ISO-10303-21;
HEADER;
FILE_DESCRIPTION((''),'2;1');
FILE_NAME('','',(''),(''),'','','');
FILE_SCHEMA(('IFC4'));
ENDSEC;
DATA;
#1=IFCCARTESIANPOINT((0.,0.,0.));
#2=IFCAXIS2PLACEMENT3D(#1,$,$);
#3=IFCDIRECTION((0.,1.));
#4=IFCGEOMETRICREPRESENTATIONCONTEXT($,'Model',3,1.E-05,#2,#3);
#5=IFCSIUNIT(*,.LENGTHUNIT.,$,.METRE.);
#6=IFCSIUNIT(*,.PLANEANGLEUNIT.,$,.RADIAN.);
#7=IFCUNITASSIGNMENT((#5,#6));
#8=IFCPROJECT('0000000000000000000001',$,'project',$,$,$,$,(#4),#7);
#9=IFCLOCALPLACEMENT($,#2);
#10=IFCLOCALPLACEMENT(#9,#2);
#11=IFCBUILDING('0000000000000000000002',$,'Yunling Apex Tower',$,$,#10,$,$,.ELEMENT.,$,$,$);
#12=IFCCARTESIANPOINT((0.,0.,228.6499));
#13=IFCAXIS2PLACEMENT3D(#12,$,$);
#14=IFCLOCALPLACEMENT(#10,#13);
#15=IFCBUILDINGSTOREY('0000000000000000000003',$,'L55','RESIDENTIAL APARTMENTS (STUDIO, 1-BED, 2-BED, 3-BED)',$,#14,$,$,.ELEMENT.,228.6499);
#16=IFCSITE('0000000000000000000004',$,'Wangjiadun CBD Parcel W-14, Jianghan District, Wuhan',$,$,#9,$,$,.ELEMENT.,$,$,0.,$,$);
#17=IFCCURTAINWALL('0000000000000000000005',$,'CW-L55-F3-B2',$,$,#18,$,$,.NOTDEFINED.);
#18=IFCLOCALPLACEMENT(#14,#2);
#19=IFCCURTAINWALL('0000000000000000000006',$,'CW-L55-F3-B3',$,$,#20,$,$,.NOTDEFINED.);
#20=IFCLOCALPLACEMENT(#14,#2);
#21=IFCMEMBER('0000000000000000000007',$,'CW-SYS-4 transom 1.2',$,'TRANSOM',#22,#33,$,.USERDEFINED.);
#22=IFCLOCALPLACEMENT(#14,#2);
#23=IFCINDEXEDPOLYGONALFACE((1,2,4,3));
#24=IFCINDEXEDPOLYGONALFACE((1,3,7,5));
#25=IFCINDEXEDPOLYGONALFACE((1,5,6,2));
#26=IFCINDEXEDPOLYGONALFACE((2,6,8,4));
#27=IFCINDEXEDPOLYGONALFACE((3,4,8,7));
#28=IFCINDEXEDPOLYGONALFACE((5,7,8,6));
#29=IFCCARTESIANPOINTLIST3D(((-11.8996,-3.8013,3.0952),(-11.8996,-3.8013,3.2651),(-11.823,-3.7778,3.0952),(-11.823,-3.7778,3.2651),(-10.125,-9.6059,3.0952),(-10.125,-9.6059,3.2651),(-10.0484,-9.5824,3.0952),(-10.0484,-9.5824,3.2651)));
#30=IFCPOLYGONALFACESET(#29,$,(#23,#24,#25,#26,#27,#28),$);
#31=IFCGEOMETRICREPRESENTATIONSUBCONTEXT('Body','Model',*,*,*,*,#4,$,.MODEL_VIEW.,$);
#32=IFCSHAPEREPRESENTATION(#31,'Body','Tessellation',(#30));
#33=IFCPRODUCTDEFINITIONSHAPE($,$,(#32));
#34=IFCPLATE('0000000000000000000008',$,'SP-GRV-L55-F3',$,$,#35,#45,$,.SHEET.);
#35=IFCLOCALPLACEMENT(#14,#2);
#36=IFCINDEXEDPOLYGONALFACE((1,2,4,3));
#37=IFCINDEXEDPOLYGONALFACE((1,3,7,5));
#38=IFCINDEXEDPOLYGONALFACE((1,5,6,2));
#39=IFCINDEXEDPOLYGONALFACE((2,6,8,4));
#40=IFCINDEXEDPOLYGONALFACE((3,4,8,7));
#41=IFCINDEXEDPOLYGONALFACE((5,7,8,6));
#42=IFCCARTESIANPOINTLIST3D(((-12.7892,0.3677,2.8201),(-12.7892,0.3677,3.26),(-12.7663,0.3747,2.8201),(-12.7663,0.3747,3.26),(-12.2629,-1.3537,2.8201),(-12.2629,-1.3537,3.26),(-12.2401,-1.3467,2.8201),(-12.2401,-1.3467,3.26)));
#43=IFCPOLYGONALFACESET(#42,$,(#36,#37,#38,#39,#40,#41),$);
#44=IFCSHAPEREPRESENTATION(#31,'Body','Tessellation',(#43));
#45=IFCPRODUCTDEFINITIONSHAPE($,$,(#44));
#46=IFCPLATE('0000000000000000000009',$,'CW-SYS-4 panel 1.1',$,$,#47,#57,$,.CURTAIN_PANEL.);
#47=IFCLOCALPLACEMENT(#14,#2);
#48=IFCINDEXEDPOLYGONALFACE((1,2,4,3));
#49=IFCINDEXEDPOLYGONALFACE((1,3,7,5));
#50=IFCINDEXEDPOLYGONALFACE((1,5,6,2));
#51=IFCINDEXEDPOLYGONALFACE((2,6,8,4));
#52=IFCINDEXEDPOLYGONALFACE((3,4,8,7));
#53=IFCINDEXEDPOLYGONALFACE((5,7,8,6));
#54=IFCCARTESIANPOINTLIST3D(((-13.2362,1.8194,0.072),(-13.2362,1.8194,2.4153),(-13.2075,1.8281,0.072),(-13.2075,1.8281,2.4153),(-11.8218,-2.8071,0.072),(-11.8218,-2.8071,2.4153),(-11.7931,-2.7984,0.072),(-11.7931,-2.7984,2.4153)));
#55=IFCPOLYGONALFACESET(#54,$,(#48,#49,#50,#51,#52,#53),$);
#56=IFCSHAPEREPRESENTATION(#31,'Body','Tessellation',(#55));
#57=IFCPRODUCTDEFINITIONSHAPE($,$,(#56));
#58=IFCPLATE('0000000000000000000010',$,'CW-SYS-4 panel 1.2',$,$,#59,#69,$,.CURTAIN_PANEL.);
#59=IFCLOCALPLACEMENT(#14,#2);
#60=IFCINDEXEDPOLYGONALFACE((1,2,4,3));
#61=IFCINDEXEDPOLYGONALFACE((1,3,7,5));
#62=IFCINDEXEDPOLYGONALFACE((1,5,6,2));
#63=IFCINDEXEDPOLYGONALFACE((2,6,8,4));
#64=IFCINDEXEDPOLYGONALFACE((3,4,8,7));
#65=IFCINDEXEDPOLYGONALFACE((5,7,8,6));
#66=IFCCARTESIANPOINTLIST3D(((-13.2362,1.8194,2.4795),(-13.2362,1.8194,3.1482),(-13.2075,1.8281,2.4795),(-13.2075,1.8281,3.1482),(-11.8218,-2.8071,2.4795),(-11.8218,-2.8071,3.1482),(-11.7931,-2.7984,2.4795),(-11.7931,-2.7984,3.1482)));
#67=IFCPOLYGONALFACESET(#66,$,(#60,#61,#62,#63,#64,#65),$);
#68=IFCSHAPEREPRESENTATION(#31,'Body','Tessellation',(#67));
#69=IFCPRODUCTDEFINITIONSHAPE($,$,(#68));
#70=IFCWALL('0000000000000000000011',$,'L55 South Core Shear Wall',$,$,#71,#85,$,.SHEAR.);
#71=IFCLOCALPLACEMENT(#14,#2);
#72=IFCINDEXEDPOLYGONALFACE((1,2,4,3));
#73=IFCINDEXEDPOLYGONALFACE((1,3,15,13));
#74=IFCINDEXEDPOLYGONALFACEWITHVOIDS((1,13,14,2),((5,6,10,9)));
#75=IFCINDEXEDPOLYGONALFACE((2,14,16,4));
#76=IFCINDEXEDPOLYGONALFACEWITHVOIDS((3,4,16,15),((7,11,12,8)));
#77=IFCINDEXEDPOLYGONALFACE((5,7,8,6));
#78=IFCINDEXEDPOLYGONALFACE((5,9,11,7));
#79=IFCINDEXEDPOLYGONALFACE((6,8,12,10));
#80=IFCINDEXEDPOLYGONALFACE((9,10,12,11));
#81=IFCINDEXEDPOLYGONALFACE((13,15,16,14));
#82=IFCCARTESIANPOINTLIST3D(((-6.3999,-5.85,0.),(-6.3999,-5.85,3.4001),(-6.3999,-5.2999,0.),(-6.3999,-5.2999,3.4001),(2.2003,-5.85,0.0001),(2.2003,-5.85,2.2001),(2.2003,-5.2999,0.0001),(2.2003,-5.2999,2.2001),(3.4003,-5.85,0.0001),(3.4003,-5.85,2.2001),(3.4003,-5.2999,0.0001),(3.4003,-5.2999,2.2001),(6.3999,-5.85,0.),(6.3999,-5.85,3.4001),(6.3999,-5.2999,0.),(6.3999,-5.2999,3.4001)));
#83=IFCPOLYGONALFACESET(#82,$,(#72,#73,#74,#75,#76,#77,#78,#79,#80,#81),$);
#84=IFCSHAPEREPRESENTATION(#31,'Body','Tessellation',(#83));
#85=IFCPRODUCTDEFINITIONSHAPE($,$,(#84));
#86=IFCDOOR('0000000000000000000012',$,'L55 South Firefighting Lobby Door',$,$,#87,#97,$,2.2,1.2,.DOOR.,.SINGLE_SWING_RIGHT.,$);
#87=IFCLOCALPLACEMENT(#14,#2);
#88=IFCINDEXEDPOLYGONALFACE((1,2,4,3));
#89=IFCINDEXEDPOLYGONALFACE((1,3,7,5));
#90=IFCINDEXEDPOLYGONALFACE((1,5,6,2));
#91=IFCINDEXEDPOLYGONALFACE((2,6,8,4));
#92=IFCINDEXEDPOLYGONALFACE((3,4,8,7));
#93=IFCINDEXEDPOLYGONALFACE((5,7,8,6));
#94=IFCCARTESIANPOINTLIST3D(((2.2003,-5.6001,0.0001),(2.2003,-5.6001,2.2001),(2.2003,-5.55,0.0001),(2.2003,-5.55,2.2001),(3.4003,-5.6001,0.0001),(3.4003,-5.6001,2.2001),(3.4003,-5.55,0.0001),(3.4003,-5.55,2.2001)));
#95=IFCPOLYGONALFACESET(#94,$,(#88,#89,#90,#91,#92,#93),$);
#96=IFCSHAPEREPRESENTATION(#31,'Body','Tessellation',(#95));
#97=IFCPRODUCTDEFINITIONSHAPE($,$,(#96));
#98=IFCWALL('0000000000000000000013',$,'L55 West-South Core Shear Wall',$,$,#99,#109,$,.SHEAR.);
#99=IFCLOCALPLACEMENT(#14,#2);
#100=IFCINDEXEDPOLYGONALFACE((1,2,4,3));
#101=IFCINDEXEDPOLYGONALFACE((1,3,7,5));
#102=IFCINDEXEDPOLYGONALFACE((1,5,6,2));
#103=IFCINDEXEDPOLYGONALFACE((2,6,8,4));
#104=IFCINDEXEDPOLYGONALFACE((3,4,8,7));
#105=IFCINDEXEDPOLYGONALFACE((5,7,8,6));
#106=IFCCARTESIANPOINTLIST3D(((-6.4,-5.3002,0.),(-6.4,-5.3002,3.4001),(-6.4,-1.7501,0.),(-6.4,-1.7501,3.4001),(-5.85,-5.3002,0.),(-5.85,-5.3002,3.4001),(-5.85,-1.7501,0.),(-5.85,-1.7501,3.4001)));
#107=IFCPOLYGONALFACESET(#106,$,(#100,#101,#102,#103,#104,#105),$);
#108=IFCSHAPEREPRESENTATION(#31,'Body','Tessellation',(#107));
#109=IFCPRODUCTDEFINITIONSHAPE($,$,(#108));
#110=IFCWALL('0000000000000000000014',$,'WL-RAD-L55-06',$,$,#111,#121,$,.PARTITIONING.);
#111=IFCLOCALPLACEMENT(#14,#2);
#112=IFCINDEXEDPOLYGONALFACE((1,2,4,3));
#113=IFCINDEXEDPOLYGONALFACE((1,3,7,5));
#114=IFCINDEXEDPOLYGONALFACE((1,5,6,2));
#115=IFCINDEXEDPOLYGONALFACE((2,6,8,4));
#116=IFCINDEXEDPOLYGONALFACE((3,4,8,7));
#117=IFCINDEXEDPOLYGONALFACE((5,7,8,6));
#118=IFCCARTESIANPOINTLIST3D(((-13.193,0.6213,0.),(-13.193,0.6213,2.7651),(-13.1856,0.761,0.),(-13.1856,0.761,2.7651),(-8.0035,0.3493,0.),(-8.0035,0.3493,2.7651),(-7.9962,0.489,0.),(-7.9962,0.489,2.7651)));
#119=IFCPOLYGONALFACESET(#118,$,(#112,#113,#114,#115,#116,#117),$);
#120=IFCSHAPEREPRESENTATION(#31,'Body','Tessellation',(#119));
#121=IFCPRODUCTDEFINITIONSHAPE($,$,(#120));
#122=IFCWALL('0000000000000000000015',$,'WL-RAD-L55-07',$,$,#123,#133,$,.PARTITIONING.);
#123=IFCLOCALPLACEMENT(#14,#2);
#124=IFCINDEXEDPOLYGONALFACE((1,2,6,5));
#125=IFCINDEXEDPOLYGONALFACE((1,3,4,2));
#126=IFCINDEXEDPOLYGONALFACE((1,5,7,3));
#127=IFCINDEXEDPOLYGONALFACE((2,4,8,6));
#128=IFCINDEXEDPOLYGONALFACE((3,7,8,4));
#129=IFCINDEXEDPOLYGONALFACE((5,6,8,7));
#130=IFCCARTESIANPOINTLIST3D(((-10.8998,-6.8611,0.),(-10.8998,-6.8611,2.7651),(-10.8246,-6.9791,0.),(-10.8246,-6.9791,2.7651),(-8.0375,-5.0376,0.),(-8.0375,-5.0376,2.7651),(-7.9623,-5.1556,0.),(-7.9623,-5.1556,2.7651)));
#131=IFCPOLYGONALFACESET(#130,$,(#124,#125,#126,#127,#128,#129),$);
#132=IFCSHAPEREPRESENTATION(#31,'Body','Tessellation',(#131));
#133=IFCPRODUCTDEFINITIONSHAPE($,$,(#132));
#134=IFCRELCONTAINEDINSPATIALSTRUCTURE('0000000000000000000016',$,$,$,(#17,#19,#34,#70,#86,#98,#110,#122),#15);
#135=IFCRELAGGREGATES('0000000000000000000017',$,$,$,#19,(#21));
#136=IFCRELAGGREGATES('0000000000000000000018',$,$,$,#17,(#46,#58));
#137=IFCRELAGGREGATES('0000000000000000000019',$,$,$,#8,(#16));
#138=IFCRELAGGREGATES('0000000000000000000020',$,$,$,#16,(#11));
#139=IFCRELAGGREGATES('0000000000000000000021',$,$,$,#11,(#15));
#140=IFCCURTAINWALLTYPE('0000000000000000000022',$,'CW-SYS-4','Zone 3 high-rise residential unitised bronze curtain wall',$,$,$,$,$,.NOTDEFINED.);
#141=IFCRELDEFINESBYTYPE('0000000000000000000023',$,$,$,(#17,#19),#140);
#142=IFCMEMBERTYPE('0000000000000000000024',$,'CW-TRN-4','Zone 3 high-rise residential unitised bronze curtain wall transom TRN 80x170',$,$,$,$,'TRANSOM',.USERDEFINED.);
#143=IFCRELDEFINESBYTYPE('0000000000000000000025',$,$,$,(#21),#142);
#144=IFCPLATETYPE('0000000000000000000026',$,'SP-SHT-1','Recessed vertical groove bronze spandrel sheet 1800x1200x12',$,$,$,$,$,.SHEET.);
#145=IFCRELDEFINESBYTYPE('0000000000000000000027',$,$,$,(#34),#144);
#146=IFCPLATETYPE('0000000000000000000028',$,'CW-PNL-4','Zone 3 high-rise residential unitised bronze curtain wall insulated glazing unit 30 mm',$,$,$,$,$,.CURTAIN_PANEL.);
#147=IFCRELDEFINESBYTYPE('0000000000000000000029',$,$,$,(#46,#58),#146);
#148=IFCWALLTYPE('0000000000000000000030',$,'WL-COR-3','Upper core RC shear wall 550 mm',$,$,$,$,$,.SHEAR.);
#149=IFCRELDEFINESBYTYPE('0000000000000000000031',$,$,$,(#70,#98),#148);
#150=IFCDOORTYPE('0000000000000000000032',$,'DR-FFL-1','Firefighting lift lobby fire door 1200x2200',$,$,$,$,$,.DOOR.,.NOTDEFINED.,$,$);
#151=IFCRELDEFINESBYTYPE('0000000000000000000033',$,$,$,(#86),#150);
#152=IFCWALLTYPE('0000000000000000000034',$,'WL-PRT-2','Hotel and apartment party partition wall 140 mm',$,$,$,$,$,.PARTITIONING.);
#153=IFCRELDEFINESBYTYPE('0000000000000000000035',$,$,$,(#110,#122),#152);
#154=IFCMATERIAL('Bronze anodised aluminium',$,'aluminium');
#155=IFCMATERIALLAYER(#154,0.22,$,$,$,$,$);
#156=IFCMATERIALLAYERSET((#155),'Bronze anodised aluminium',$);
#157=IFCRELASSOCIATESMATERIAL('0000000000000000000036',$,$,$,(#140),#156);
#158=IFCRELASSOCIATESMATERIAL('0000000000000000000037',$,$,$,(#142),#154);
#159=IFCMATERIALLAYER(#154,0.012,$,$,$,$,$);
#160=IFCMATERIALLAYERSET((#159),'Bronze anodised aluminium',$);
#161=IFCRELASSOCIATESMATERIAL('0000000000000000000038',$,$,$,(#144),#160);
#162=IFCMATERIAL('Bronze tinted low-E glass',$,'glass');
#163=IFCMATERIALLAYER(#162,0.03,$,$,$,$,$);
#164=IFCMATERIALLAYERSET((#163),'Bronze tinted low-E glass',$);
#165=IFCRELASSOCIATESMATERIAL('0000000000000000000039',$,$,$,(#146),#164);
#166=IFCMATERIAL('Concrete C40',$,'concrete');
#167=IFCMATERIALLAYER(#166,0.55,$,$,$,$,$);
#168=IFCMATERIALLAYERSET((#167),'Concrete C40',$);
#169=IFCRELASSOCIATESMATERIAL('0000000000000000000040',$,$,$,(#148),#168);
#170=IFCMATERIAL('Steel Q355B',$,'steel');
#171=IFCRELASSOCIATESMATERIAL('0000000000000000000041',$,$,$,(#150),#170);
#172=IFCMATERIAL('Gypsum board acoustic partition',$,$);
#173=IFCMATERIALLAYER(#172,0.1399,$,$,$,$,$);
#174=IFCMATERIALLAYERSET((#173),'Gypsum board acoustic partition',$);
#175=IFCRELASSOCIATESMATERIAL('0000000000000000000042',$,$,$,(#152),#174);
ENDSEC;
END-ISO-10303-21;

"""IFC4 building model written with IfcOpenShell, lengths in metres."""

from ifc_helpers import new_model, si_unit, direction, frame, frame_2d, origin, origin_2d, place, context, subcontext, project, spatial, rectangle, extrude, source, transform, mapped, material, layer, layer_set, material_profile, profile_set, type_object, element, fill, aggregate, save


model = new_model("IFC4")

# Units and contexts
model_context = context("Model", 3, precision=1e-05, world=origin(), true_north=direction((0.0, 1.0)))
body_context = subcontext(model_context, "Body", "Model", "MODEL_VIEW")
ifc_project = project(units=[si_unit("LENGTHUNIT", "METRE"), si_unit("PLANEANGLEUNIT", "RADIAN")], contexts=[model_context])

# Site, building, storey
site_placement = place(None, origin())
site = spatial("IfcSite", under=ifc_project, at=site_placement, Name="Wangjiadun CBD Parcel W-14, Jianghan District, Wuhan", CompositionType="ELEMENT", RefElevation=0.0)
building_placement = place(site_placement, origin())
building = spatial("IfcBuilding", under=site, at=building_placement, Name="Yunling Apex Tower", CompositionType="ELEMENT")
storey_placement = place(building_placement, frame((0.0, 0.0, 228.6499)))
storey = spatial("IfcBuildingStorey", under=building, at=storey_placement, Name="L55", Description="RESIDENTIAL APARTMENTS (STUDIO, 1-BED, 2-BED, 3-BED)", CompositionType="ELEMENT", Elevation=228.6499)

# Shared definitions
ifc_material_1 = material(Name="Steel Q355B", Category="steel")

# Curtain wall
ifc_material_2 = material(Name="Bronze anodised aluminium", Category="aluminium")
ifc_layer_1 = layer(ifc_material_2, 0.22)
ifc_layer_set_1 = layer_set([ifc_layer_1], Name="Bronze anodised aluminium")
curtain_wall_type = type_object("IfcCurtainWallType", Name="CW-SYS-4", Description="Zone 3 high-rise residential unitised bronze curtain wall", PredefinedType="NOTDEFINED", material=ifc_layer_set_1)
curtain_wall_1_placement = place(storey_placement, origin())
curtain_wall_1 = element("IfcCurtainWall", 1, at=curtain_wall_1_placement, inside=storey, type_object=curtain_wall_type, Name="CW-L55-F3-B2", PredefinedType="NOTDEFINED")

# Curtain wall, member
curtain_wall_2_placement = place(storey_placement, origin())
curtain_wall_2 = element("IfcCurtainWall", 2, at=curtain_wall_2_placement, inside=storey, type_object=curtain_wall_type, Name="CW-L55-F3-B3", PredefinedType="NOTDEFINED")
ifc_material_profile_1 = material_profile(ifc_material_2, rectangle(XDim=0.0801, YDim=0.1699, at=origin_2d()))
ifc_profile_set_1 = profile_set([ifc_material_profile_1], Name="Bronze anodised aluminium")
member_type_1 = type_object("IfcMemberType", Name="CW-TRN-4", Description="Zone 3 high-rise residential unitised bronze curtain wall transom TRN 80x170", ElementType="TRANSOM", PredefinedType="USERDEFINED", material=ifc_profile_set_1)
shared_shape_1 = source(origin(), body_context, "Body", "SweptSolid", [
    extrude(rectangle(XDim=0.0801, YDim=0.1699, at=origin_2d()), origin(), (0.0, 0.0, 1.0), 6.0698),
])
member_1_placement = place(storey_placement, frame((-11.8613, -3.7896, 3.1802), z_axis=(0.29237, -0.956305, 0.0), x_axis=(0.956305, 0.29237, 0.0)))
member_1 = element("IfcMember", 3, at=member_1_placement, type_object=member_type_1, Name="CW-SYS-4 transom 1.2", ObjectType="TRANSOM", PredefinedType="USERDEFINED", context=body_context, shape_type="MappedRepresentation", body=[
    mapped(shared_shape_1, transform((0.0, 0.0, 0.0), scale=1.0)),
])
aggregate(curtain_wall_2, [member_1])

# Plates
ifc_layer_2 = layer(ifc_material_2, 0.012)
ifc_layer_set_2 = layer_set([ifc_layer_2], Name="Bronze anodised aluminium")
plate_type_1 = type_object("IfcPlateType", Name="SP-SHT-1", Description="Recessed vertical groove bronze spandrel sheet 1800x1200x12", PredefinedType="SHEET", material=ifc_layer_set_2)
shared_shape_2 = source(origin(), body_context, "Body", "SweptSolid", [
    extrude(rectangle(XDim=1.8, YDim=0.0239, at=origin_2d()), origin(), (0.0, 0.0, 1.0), 0.4399),
])
plate_1_placement = place(storey_placement, frame((-12.5146, -0.4895, 2.8201), z_axis=(0.0, 0.0, 1.0), x_axis=(0.292372, -0.956305, 0.0)))
element("IfcPlate", 4, at=plate_1_placement, inside=storey, type_object=plate_type_1, Name="SP-GRV-L55-F3", PredefinedType="SHEET", context=body_context, shape_type="MappedRepresentation", body=[
    mapped(shared_shape_2, transform((0.0, 0.0, 0.0), scale=1.0)),
])
ifc_material_3 = material(Name="Bronze tinted low-E glass", Category="glass")
ifc_layer_3 = layer(ifc_material_3, 0.03)
ifc_layer_set_3 = layer_set([ifc_layer_3], Name="Bronze tinted low-E glass")
plate_type_2 = type_object("IfcPlateType", Name="CW-PNL-4", Description="Zone 3 high-rise residential unitised bronze curtain wall insulated glazing unit 30 mm", PredefinedType="CURTAIN_PANEL", material=ifc_layer_set_3)
shared_shape_3 = source(origin(), body_context, "Body", "SweptSolid", [
    extrude(rectangle(XDim=4.8379, YDim=0.03, at=origin_2d()), origin(), (0.0, 0.0, 1.0), 2.3433),
])
plate_2_placement = place(storey_placement, frame((-12.5146, -0.4895, 0.072), z_axis=(0.0, 0.0, 1.0), x_axis=(0.292373, -0.956304, 0.0)))
plate_2 = element("IfcPlate", 5, at=plate_2_placement, type_object=plate_type_2, Name="CW-SYS-4 panel 1.1", PredefinedType="CURTAIN_PANEL", context=body_context, shape_type="MappedRepresentation", body=[
    mapped(shared_shape_3, transform((0.0, 0.0, 0.0), scale=1.0)),
])
shared_shape_4 = source(origin(), body_context, "Body", "SweptSolid", [
    extrude(rectangle(XDim=4.8379, YDim=0.03, at=origin_2d()), origin(), (0.0, 0.0, 1.0), 0.6687),
])
plate_3_placement = place(storey_placement, frame((-12.5146, -0.4895, 2.4795), z_axis=(0.0, 0.0, 1.0), x_axis=(0.292373, -0.956304, 0.0)))
plate_3 = element("IfcPlate", 6, at=plate_3_placement, type_object=plate_type_2, Name="CW-SYS-4 panel 1.2", PredefinedType="CURTAIN_PANEL", context=body_context, shape_type="MappedRepresentation", body=[
    mapped(shared_shape_4, transform((0.0, 0.0, 0.0), scale=1.0)),
])
aggregate(curtain_wall_1, [plate_2, plate_3])

# Wall, opening, door
ifc_material_4 = material(Name="Concrete C40", Category="concrete")
ifc_layer_4 = layer(ifc_material_4, 0.55)
ifc_layer_set_4 = layer_set([ifc_layer_4], Name="Concrete C40")
wall_type_1 = type_object("IfcWallType", Name="WL-COR-3", Description="Upper core RC shear wall 550 mm", PredefinedType="SHEAR", material=ifc_layer_set_4)
wall_1_placement = place(storey_placement, frame((-6.3999, -5.575, 0.0), z_axis=(0.0, 0.0, 1.0), x_axis=(1.0, 0.0, 0.0)))
wall_1 = element("IfcWall", 7, at=wall_1_placement, inside=storey, type_object=wall_type_1, Name="L55 South Core Shear Wall", PredefinedType="SHEAR", context=body_context, shape_type="SweptSolid", body=[
    extrude(rectangle(XDim=12.7998, YDim=0.55, at=frame_2d((6.3999, 0.0))), origin(), (0.0, 0.0, 1.0), 3.4001),
])
opening_placement = place(wall_1_placement, frame((8.6001, 0.0, 0.0)))
opening = element("IfcOpeningElement", 8, at=opening_placement, cuts=wall_1, PredefinedType="OPENING", context=body_context, shape_type="SweptSolid", body=[
    extrude(rectangle(XDim=1.2, YDim=2.2, at=frame_2d((0.6001, 1.1001))), frame((0.0, 0.2852, 0.0), z_axis=(0.0, -1.0, 0.0), x_axis=(1.0, 0.0, 0.0)), (0.0, 0.0, 1.0), 0.5701),
])
door_type = type_object("IfcDoorType", Name="DR-FFL-1", Description="Firefighting lift lobby fire door 1200x2200", OperationType="NOTDEFINED", PredefinedType="DOOR", material=ifc_material_1)
door_placement = place(opening_placement, origin())
door = element("IfcDoor", 9, at=door_placement, inside=storey, type_object=door_type, Name="L55 South Firefighting Lobby Door", OperationType="SINGLE_SWING_RIGHT", OverallHeight=2.2, OverallWidth=1.2, PredefinedType="DOOR", context=body_context, shape_type="SweptSolid", body=[
    extrude(rectangle(XDim=1.2, YDim=2.2, at=frame_2d((0.6001, 1.1001))), frame((0.0, 0.0249, 0.0), z_axis=(0.0, -1.0, 0.0), x_axis=(1.0, 0.0, 0.0)), (0.0, 0.0, 1.0), 0.05),
])
fill(opening, door)

# Walls
wall_2_placement = place(storey_placement, frame((-6.125, -5.3, 0.0), z_axis=(0.0, 0.0, 1.0), x_axis=(0.0, 1.0, 0.0)))
element("IfcWall", 10, at=wall_2_placement, inside=storey, type_object=wall_type_1, Name="L55 West-South Core Shear Wall", PredefinedType="SHEAR", context=body_context, shape_type="SweptSolid", body=[
    extrude(rectangle(XDim=3.55, YDim=0.55, at=frame_2d((1.7749, 0.0))), origin(), (0.0, 0.0, 1.0), 3.4001),
])
ifc_material_5 = material(Name="Gypsum board acoustic partition")
ifc_layer_5 = layer(ifc_material_5, 0.1399)
ifc_layer_set_5 = layer_set([ifc_layer_5], Name="Gypsum board acoustic partition")
wall_type_2 = type_object("IfcWallType", Name="WL-PRT-2", Description="Hotel and apartment party partition wall 140 mm", PredefinedType="PARTITIONING", material=ifc_layer_set_5)
wall_3_placement = place(storey_placement, frame((-8.0, 0.4192, 0.0), z_axis=(0.0, 0.0, 1.0), x_axis=(-0.998629, 0.052337, 0.0)))
element("IfcWall", 11, at=wall_3_placement, inside=storey, type_object=wall_type_2, Name="WL-RAD-L55-06", PredefinedType="PARTITIONING", context=body_context, shape_type="SweptSolid", body=[
    extrude(rectangle(XDim=5.1965, YDim=0.1399, at=frame_2d((2.5981, 0.0))), origin(), (0.0, 0.0, 1.0), 2.7651),
])
wall_4_placement = place(storey_placement, frame((-8.0, -5.0967, 0.0), z_axis=(0.0, 0.0, 1.0), x_axis=(-0.843392, -0.537299, 0.0)))
element("IfcWall", 12, at=wall_4_placement, inside=storey, type_object=wall_type_2, Name="WL-RAD-L55-07", PredefinedType="PARTITIONING", context=body_context, shape_type="SweptSolid", body=[
    extrude(rectangle(XDim=3.3938, YDim=0.1399, at=frame_2d((1.6968, 0.0))), origin(), (0.0, 0.0, 1.0), 2.7651),
])

save(model, "model.ifc")
